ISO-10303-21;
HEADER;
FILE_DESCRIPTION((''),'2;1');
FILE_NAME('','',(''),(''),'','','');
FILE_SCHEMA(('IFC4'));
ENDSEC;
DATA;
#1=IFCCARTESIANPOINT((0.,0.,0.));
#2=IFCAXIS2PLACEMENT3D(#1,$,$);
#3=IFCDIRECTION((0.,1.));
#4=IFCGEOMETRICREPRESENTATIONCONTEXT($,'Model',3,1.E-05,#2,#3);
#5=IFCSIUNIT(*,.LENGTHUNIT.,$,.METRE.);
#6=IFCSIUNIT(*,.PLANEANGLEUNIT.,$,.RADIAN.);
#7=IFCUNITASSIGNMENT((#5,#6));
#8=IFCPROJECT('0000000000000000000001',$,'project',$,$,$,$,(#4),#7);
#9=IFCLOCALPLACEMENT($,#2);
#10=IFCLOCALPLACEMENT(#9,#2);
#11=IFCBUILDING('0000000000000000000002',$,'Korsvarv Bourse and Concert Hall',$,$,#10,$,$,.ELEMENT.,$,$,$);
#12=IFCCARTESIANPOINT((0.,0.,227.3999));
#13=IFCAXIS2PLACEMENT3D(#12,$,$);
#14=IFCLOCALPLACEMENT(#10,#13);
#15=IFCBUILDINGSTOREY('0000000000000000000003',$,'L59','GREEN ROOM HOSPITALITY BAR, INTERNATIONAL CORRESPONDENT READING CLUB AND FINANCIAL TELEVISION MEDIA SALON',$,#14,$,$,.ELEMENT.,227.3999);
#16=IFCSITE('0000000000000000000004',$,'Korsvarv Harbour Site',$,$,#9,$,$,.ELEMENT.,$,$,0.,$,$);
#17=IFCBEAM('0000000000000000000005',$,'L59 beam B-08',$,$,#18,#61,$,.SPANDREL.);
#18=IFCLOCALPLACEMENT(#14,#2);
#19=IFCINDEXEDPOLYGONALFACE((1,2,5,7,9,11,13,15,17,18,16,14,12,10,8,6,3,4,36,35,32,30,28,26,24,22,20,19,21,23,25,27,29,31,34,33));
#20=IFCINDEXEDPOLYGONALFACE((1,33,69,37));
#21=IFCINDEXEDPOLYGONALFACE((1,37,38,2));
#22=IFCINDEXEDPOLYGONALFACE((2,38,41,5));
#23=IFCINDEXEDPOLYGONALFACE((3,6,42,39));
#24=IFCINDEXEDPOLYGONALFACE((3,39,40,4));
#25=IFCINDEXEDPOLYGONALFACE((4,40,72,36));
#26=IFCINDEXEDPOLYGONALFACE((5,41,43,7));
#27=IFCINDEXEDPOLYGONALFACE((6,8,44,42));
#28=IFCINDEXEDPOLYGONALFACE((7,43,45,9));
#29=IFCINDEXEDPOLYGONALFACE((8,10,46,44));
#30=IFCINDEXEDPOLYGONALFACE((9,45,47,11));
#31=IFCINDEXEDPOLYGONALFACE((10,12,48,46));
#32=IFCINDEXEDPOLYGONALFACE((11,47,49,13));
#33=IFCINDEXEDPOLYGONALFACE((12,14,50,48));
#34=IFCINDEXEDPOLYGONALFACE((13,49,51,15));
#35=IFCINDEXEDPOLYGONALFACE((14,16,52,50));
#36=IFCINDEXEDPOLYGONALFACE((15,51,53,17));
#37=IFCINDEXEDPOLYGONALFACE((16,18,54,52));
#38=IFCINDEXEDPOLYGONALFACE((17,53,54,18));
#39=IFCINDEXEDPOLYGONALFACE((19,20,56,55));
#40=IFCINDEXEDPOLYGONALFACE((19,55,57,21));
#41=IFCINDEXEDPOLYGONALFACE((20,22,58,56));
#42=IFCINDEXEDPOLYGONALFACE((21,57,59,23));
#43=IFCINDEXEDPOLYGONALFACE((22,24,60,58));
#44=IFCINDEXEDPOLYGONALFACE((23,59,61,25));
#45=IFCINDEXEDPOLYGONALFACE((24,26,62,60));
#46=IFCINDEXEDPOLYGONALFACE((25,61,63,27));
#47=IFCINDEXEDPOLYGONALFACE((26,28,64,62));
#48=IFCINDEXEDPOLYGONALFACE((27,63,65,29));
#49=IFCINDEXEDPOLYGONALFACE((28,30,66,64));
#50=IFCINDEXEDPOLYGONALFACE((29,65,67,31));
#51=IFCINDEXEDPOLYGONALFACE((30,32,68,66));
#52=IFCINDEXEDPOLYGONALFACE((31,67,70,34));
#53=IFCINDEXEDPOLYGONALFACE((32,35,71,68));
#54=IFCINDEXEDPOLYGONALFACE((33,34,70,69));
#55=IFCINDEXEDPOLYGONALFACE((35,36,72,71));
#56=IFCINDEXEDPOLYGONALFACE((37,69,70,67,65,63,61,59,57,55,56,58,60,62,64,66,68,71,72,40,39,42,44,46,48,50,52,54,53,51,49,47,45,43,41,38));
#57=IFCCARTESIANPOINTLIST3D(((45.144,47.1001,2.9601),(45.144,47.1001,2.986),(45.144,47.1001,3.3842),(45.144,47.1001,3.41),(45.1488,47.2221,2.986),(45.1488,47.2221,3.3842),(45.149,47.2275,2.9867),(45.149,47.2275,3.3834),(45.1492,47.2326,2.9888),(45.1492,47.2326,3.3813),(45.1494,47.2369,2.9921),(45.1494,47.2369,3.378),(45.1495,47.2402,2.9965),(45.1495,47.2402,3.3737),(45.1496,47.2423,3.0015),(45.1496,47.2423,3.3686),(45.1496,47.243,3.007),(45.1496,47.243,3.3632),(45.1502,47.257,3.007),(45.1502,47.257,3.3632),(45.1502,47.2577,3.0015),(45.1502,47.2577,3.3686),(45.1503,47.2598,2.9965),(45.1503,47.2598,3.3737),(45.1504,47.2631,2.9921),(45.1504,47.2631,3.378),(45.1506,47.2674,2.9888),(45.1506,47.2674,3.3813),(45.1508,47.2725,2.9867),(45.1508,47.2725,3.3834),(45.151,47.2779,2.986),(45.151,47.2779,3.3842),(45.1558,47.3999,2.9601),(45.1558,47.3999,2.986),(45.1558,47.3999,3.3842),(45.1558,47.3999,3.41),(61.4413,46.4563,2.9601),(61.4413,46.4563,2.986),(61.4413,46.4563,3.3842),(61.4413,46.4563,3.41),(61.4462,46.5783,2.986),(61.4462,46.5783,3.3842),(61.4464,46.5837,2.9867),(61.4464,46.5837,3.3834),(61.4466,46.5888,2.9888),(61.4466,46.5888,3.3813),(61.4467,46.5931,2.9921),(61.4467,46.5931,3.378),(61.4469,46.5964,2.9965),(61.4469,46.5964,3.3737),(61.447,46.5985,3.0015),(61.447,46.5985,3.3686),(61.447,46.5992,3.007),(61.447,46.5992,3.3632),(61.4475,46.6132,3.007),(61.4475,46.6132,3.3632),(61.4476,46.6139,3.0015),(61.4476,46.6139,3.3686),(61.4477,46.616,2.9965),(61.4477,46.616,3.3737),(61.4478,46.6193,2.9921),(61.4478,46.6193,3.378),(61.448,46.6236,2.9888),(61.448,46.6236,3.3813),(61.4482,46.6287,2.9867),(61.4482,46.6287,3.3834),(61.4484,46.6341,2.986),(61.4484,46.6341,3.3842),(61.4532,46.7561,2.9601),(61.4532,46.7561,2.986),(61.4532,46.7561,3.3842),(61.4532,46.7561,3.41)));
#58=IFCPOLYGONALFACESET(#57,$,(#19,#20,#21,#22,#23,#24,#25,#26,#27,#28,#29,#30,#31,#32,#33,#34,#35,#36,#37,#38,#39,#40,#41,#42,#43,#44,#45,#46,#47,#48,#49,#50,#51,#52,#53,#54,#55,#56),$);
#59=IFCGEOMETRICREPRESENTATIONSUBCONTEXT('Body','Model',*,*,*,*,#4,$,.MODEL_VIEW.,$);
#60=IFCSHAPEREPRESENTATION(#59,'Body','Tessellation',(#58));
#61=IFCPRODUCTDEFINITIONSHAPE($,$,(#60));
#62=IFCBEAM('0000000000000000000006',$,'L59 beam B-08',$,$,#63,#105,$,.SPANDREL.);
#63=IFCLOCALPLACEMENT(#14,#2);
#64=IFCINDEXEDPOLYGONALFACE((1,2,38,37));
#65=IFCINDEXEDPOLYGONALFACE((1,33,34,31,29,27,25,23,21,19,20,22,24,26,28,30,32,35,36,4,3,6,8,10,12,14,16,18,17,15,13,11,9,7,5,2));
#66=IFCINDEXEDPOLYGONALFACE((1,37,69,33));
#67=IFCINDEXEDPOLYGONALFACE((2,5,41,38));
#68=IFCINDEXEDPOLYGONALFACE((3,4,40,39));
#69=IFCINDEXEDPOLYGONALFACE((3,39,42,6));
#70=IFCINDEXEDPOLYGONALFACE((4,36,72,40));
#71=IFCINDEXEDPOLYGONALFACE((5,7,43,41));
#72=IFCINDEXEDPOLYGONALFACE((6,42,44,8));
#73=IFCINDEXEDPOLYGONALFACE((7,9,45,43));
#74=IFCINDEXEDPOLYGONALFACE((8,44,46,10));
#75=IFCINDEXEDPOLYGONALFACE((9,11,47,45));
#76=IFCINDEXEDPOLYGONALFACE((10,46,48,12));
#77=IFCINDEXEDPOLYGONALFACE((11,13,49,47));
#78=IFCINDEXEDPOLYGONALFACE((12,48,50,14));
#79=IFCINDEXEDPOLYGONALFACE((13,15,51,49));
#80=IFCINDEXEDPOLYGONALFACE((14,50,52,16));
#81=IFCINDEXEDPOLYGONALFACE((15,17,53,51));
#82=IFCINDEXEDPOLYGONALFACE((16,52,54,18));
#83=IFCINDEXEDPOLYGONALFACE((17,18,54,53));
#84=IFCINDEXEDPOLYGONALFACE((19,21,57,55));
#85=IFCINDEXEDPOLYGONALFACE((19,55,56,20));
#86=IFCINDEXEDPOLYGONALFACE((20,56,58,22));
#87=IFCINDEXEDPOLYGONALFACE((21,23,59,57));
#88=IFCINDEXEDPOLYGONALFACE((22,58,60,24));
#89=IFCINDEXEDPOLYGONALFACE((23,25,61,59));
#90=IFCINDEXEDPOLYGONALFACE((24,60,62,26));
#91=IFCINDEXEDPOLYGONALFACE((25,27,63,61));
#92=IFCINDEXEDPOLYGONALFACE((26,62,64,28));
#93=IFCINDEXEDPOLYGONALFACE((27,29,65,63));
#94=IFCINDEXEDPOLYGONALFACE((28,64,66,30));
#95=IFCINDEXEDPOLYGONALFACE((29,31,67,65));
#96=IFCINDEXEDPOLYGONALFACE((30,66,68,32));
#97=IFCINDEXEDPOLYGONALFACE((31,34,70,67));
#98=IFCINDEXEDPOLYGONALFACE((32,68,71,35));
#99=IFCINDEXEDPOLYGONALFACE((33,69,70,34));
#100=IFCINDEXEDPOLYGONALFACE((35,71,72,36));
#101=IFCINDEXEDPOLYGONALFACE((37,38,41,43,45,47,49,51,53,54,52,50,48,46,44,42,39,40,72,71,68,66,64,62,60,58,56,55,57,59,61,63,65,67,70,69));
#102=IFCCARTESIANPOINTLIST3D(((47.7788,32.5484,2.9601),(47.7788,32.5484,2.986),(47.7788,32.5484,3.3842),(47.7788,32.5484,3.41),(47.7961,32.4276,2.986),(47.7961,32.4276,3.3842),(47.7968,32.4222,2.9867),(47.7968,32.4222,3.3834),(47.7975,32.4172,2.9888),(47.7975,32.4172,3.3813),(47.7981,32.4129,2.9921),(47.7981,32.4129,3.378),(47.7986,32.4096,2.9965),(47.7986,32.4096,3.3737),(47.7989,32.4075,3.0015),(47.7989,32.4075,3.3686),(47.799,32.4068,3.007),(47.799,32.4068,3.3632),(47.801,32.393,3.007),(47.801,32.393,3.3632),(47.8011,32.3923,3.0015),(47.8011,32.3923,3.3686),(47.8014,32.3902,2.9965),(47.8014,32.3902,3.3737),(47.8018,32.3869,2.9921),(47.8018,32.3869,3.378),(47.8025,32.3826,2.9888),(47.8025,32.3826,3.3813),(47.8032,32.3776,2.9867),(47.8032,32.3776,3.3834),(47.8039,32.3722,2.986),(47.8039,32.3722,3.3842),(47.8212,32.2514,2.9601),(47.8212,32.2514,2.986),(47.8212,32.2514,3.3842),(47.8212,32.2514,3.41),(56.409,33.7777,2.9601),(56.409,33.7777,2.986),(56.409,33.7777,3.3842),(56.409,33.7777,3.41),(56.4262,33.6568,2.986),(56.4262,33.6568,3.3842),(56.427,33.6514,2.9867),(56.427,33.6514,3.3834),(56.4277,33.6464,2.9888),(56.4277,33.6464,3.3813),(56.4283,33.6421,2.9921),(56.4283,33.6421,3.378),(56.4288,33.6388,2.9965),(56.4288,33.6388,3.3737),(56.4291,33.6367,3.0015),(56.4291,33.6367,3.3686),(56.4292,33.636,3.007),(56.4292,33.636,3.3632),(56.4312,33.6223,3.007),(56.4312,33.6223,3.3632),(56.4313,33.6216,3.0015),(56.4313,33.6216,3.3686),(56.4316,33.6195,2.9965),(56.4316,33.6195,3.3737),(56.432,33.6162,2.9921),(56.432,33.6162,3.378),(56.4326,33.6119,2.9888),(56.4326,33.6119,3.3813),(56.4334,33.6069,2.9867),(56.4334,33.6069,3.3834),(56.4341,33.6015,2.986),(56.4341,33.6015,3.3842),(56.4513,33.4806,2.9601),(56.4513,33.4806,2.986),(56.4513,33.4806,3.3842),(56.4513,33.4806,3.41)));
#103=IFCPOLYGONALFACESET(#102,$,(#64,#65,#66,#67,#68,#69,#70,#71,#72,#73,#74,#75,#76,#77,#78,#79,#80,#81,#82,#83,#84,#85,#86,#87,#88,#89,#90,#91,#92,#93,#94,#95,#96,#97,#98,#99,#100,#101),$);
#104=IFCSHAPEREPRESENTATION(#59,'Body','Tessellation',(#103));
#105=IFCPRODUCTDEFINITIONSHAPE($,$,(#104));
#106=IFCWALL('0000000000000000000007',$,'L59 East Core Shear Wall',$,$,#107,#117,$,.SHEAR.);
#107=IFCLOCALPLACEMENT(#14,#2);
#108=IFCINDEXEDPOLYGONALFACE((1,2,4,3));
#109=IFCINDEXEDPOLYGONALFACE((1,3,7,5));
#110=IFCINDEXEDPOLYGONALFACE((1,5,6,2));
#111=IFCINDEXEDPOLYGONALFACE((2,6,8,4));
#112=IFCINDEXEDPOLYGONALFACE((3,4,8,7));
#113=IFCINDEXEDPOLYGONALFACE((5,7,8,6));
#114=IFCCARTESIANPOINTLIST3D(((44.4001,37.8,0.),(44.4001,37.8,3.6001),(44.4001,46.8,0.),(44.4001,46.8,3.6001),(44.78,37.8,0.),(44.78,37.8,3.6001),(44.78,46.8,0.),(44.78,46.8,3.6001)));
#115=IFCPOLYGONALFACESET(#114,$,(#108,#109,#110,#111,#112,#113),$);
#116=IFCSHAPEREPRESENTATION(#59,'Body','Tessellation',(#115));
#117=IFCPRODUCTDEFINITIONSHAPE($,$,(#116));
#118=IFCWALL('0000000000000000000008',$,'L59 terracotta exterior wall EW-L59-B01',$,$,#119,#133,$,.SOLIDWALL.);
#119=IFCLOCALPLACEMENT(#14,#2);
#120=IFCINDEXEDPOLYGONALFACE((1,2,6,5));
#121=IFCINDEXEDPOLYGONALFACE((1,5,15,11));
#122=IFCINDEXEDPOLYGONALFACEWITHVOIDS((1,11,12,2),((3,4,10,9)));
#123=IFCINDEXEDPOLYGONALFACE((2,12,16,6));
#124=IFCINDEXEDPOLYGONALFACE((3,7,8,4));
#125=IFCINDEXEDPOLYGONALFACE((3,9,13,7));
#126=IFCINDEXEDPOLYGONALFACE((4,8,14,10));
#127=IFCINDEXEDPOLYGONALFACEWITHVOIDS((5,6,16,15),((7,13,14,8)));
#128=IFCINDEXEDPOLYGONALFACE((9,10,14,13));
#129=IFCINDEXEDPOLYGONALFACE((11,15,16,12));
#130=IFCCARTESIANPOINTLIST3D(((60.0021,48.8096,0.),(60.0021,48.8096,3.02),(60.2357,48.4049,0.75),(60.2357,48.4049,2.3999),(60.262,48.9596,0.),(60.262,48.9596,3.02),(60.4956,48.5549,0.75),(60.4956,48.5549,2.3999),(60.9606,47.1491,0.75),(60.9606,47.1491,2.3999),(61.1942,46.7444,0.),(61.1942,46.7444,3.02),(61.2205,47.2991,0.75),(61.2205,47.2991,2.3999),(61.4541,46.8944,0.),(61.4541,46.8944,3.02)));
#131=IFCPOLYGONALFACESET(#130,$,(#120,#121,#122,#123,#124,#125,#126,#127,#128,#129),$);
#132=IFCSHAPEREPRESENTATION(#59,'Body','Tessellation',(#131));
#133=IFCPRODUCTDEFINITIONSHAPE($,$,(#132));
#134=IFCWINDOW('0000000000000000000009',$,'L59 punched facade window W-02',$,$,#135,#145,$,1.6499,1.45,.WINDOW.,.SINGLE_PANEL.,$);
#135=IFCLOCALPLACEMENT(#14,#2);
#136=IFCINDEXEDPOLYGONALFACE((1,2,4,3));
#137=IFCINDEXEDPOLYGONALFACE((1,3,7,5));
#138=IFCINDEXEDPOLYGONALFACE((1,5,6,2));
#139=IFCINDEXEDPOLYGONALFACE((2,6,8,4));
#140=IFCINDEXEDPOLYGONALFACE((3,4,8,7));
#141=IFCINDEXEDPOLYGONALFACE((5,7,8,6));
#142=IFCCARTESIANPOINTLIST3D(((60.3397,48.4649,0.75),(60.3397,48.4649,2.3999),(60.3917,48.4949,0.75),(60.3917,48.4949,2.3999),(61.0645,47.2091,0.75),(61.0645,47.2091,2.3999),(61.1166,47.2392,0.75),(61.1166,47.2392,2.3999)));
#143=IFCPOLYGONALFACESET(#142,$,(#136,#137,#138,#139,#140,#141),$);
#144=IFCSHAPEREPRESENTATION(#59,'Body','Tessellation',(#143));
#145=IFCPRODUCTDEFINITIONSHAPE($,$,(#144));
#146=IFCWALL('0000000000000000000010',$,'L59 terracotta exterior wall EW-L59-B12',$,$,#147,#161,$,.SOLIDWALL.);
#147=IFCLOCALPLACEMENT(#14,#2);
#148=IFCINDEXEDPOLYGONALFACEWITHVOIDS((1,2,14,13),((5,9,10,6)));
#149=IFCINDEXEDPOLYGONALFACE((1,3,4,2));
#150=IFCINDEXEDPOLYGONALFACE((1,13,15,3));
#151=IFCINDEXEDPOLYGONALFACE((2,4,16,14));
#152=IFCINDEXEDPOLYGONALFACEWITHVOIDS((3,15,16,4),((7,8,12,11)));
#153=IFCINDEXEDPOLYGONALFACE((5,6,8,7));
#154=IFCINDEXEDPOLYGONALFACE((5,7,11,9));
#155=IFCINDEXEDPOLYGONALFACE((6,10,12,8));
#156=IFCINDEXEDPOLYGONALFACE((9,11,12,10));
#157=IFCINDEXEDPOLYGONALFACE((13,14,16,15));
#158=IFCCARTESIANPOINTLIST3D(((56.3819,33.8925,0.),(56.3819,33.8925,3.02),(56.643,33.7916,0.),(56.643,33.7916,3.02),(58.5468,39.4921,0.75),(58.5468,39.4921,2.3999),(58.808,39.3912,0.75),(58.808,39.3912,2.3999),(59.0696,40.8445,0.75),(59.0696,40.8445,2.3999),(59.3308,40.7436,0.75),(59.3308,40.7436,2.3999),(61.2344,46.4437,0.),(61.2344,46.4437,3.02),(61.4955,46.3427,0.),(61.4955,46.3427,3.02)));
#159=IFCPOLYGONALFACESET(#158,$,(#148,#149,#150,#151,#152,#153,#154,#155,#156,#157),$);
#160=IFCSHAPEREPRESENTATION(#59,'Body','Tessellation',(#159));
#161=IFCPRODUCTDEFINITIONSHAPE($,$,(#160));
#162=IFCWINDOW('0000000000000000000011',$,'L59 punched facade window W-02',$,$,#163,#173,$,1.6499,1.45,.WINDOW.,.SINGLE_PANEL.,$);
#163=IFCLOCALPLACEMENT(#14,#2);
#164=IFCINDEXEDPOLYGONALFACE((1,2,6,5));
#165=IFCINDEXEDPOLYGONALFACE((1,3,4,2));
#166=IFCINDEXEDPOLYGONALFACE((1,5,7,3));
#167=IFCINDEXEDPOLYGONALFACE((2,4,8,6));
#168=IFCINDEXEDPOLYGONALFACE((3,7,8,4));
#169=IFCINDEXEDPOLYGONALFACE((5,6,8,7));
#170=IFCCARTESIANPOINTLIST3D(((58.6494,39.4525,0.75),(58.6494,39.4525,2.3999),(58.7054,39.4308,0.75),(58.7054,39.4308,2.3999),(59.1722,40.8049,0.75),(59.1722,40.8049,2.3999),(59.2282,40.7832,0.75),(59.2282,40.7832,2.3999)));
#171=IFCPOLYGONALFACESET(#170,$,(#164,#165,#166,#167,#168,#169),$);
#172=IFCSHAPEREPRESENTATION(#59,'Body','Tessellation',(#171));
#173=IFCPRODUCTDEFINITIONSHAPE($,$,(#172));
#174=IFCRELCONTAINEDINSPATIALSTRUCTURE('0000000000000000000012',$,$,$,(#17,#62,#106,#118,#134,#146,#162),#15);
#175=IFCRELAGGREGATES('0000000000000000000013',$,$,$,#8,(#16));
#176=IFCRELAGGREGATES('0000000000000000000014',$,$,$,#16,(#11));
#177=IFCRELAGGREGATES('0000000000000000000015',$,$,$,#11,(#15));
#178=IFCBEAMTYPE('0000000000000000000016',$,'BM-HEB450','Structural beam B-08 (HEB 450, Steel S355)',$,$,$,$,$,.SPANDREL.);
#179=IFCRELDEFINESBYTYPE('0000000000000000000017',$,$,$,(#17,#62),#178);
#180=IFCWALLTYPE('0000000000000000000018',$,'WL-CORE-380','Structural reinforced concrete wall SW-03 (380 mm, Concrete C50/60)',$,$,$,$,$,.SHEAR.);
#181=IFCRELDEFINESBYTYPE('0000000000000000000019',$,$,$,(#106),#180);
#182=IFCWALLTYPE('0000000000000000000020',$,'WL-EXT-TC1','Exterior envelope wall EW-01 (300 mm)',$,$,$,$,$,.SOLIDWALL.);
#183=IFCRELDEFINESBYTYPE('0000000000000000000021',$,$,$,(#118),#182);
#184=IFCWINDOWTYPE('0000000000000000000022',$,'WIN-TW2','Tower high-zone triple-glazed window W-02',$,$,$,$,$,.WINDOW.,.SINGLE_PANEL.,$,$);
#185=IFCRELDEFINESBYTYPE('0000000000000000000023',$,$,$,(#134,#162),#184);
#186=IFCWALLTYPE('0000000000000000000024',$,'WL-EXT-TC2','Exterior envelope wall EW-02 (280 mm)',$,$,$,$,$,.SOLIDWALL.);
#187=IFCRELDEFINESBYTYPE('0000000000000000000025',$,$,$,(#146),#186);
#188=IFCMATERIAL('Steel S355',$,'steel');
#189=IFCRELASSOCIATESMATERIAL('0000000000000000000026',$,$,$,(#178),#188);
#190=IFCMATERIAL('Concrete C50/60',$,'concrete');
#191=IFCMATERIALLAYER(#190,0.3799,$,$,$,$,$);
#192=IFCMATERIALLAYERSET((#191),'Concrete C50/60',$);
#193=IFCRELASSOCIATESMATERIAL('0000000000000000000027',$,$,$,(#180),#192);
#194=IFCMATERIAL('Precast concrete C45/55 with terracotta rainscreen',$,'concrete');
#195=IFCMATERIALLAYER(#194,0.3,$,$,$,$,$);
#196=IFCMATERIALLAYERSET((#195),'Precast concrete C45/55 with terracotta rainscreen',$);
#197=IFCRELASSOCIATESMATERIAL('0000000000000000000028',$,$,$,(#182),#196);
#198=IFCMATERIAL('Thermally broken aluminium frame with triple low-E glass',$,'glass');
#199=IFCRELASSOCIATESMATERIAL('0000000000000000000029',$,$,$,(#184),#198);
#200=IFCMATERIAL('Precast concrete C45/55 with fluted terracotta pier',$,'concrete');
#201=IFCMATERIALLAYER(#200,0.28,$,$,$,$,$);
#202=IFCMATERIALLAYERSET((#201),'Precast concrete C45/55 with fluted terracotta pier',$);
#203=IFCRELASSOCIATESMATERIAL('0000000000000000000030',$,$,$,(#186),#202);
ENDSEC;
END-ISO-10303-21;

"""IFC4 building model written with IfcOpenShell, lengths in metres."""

from ifc_helpers import new_model, si_unit, direction, frame, frame_2d, origin, origin_2d, place, context, subcontext, project, spatial, rectangle, i_section, extrude, source, transform, mapped, material, layer, layer_set, material_profile, profile_set, type_object, element, fill, save


model = new_model("IFC4")

# Units and contexts
model_context = context("Model", 3, precision=1e-05, world=origin(), true_north=direction((0.0, 1.0)))
body_context = subcontext(model_context, "Body", "Model", "MODEL_VIEW")
ifc_project = project(units=[si_unit("LENGTHUNIT", "METRE"), si_unit("PLANEANGLEUNIT", "RADIAN")], contexts=[model_context])

# Site, building, storey
site_placement = place(None, origin())
site = spatial("IfcSite", under=ifc_project, at=site_placement, Name="Korsvarv Harbour Site", CompositionType="ELEMENT", RefElevation=0.0)
building_placement = place(site_placement, origin())
building = spatial("IfcBuilding", under=site, at=building_placement, Name="Korsvarv Bourse and Concert Hall", CompositionType="ELEMENT")
storey_placement = place(building_placement, frame((0.0, 0.0, 227.3999)))
storey = spatial("IfcBuildingStorey", under=building, at=storey_placement, Name="L59", Description="GREEN ROOM HOSPITALITY BAR, INTERNATIONAL CORRESPONDENT READING CLUB AND FINANCIAL TELEVISION MEDIA SALON", CompositionType="ELEMENT", Elevation=227.3999)

# Shared definitions
ifc_material_1 = material(Name="Steel S355", Category="steel")

# Beams
ifc_material_profile_1 = material_profile(ifc_material_1, i_section(OverallWidth=0.3, OverallDepth=0.45, WebThickness=0.0139, FlangeThickness=0.0259, FilletRadius=0.021, at=origin_2d()), Name="HEB 450")
ifc_profile_set_1 = profile_set([ifc_material_profile_1], Name="Steel S355")
beam_type_1 = type_object("IfcBeamType", Name="BM-HEB450", Description="Structural beam B-08 (HEB 450, Steel S355)", PredefinedType="SPANDREL", material=ifc_profile_set_1)
shared_shape_1 = source(origin(), body_context, "Body", "SweptSolid", [
    extrude(i_section(OverallWidth=0.3, OverallDepth=0.45, WebThickness=0.0139, FlangeThickness=0.0259, FilletRadius=0.021, at=origin_2d()), origin(), (0.0, 0.0, 1.0), 16.3101),
])
beam_1_placement = place(storey_placement, frame((61.4473, 46.6062, 3.1851), z_axis=(-0.999221, 0.039472, 0.0), x_axis=(-0.039472, -0.999221, 0.0)))
element("IfcBeam", 1, at=beam_1_placement, inside=storey, type_object=beam_type_1, Name="L59 beam B-08", PredefinedType="SPANDREL", context=body_context, shape_type="MappedRepresentation", body=[
    mapped(shared_shape_1, transform((0.0, 0.0, 0.0), scale=1.0)),
])
shared_shape_2 = source(origin(), body_context, "Body", "SweptSolid", [
    extrude(i_section(OverallWidth=0.3, OverallDepth=0.45, WebThickness=0.0139, FlangeThickness=0.0259, FilletRadius=0.021, at=origin_2d()), origin(), (0.0, 0.0, 1.0), 8.7173),
])
beam_2_placement = place(storey_placement, frame((56.4302, 33.6292, 3.1851), z_axis=(-0.990008, -0.141014, 0.0), x_axis=(0.141014, -0.990008, 0.0)))
element("IfcBeam", 2, at=beam_2_placement, inside=storey, type_object=beam_type_1, Name="L59 beam B-08", PredefinedType="SPANDREL", context=body_context, shape_type="MappedRepresentation", body=[
    mapped(shared_shape_2, transform((0.0, 0.0, 0.0), scale=1.0)),
])

# Wall
ifc_material_2 = material(Name="Concrete C50/60", Category="concrete")
ifc_layer_1 = layer(ifc_material_2, 0.3799)
ifc_layer_set_1 = layer_set([ifc_layer_1], Name="Concrete C50/60")
wall_type_1 = type_object("IfcWallType", Name="WL-CORE-380", Description="Structural reinforced concrete wall SW-03 (380 mm, Concrete C50/60)", PredefinedType="SHEAR", material=ifc_layer_set_1)
wall_1_placement = place(storey_placement, frame((44.5901, 37.8, 0.0), z_axis=(0.0, 0.0, 1.0), x_axis=(0.0, 1.0, 0.0)))
element("IfcWall", 3, at=wall_1_placement, inside=storey, type_object=wall_type_1, Name="L59 East Core Shear Wall", PredefinedType="SHEAR", context=body_context, shape_type="SweptSolid", body=[
    extrude(rectangle(XDim=9.0, YDim=0.3799, at=frame_2d((4.5, 0.0))), origin(), (0.0, 0.0, 1.0), 3.6001),
])

# Walls, openings, windows
ifc_material_3 = material(Name="Precast concrete C45/55 with terracotta rainscreen", Category="concrete")
ifc_layer_2 = layer(ifc_material_3, 0.3)
ifc_layer_set_2 = layer_set([ifc_layer_2], Name="Precast concrete C45/55 with terracotta rainscreen")
wall_type_2 = type_object("IfcWallType", Name="WL-EXT-TC1", Description="Exterior envelope wall EW-01 (300 mm)", PredefinedType="SOLIDWALL", material=ifc_layer_set_2)
wall_2_placement = place(storey_placement, frame((61.3242, 46.8193, 0.0), z_axis=(0.0, 0.0, 1.0), x_axis=(-0.499938, 0.866061, 0.0)))
wall_2 = element("IfcWall", 4, at=wall_2_placement, inside=storey, type_object=wall_type_2, Name="L59 terracotta exterior wall EW-L59-B01", PredefinedType="SOLIDWALL", context=body_context, shape_type="SweptSolid", body=[
    extrude(rectangle(XDim=2.3845, YDim=0.3, at=frame_2d((1.1924, 0.0))), origin(), (0.0, 0.0, 1.0), 3.02),
])
opening_1_placement = place(wall_2_placement, frame((0.4673, 0.0, 0.75)))
opening_1 = element("IfcOpeningElement", 5, at=opening_1_placement, cuts=wall_2, PredefinedType="OPENING", context=body_context, shape_type="SweptSolid", body=[
    extrude(rectangle(XDim=1.45, YDim=1.6499, at=frame_2d((0.7251, 0.825))), frame((0.0, 0.1602, 0.0), z_axis=(0.0, -1.0, 0.0), x_axis=(1.0, 0.0, 0.0)), (0.0, 0.0, 1.0), 0.3201),
])
ifc_material_4 = material(Name="Thermally broken aluminium frame with triple low-E glass", Category="glass")
window_type = type_object("IfcWindowType", Name="WIN-TW2", Description="Tower high-zone triple-glazed window W-02", PartitioningType="SINGLE_PANEL", PredefinedType="WINDOW", material=ifc_material_4)
window_1_placement = place(opening_1_placement, origin())
window_1 = element("IfcWindow", 6, at=window_1_placement, inside=storey, type_object=window_type, Name="L59 punched facade window W-02", OverallHeight=1.6499, OverallWidth=1.45, PartitioningType="SINGLE_PANEL", PredefinedType="WINDOW", context=body_context, shape_type="SweptSolid", body=[
    extrude(rectangle(XDim=1.45, YDim=1.6499, at=frame_2d((0.7251, 0.825))), frame((0.0, 0.03, 0.0), z_axis=(0.0, -1.0, 0.0), x_axis=(1.0, 0.0, 0.0)), (0.0, 0.0, 1.0), 0.0601),
])
fill(opening_1, window_1)
ifc_material_5 = material(Name="Precast concrete C45/55 with fluted terracotta pier", Category="concrete")
ifc_layer_3 = layer(ifc_material_5, 0.28)
ifc_layer_set_3 = layer_set([ifc_layer_3], Name="Precast concrete C45/55 with fluted terracotta pier")
wall_type_3 = type_object("IfcWallType", Name="WL-EXT-TC2", Description="Exterior envelope wall EW-02 (280 mm)", PredefinedType="SOLIDWALL", material=ifc_layer_set_3)
wall_3_placement = place(storey_placement, frame((56.5125, 33.842, 0.0), z_axis=(0.0, 0.0, 1.0), x_axis=(0.360605, 0.932719, 0.0)))
wall_3 = element("IfcWall", 7, at=wall_3_placement, inside=storey, type_object=wall_type_3, Name="L59 terracotta exterior wall EW-L59-B12", PredefinedType="SOLIDWALL", context=body_context, shape_type="SweptSolid", body=[
    extrude(rectangle(XDim=13.4565, YDim=0.28, at=frame_2d((6.7283, 0.0))), origin(), (0.0, 0.0, 1.0), 3.02),
])
opening_2_placement = place(wall_3_placement, frame((6.0034, 0.0, 0.75)))
opening_2 = element("IfcOpeningElement", 8, at=opening_2_placement, cuts=wall_3, PredefinedType="OPENING", context=body_context, shape_type="SweptSolid", body=[
    extrude(rectangle(XDim=1.45, YDim=1.6499, at=frame_2d((0.7251, 0.825))), frame((0.0, 0.1499, 0.0), z_axis=(0.0, -1.0, 0.0), x_axis=(1.0, 0.0, 0.0)), (0.0, 0.0, 1.0), 0.3),
])
window_2_placement = place(opening_2_placement, origin())
window_2 = element("IfcWindow", 9, at=window_2_placement, inside=storey, type_object=window_type, Name="L59 punched facade window W-02", OverallHeight=1.6499, OverallWidth=1.45, PartitioningType="SINGLE_PANEL", PredefinedType="WINDOW", context=body_context, shape_type="SweptSolid", body=[
    extrude(rectangle(XDim=1.45, YDim=1.6499, at=frame_2d((0.7251, 0.825))), frame((0.0, 0.03, 0.0), z_axis=(0.0, -1.0, 0.0), x_axis=(1.0, 0.0, 0.0)), (0.0, 0.0, 1.0), 0.0601),
])
fill(opening_2, window_2)

save(model, "model.ifc")
